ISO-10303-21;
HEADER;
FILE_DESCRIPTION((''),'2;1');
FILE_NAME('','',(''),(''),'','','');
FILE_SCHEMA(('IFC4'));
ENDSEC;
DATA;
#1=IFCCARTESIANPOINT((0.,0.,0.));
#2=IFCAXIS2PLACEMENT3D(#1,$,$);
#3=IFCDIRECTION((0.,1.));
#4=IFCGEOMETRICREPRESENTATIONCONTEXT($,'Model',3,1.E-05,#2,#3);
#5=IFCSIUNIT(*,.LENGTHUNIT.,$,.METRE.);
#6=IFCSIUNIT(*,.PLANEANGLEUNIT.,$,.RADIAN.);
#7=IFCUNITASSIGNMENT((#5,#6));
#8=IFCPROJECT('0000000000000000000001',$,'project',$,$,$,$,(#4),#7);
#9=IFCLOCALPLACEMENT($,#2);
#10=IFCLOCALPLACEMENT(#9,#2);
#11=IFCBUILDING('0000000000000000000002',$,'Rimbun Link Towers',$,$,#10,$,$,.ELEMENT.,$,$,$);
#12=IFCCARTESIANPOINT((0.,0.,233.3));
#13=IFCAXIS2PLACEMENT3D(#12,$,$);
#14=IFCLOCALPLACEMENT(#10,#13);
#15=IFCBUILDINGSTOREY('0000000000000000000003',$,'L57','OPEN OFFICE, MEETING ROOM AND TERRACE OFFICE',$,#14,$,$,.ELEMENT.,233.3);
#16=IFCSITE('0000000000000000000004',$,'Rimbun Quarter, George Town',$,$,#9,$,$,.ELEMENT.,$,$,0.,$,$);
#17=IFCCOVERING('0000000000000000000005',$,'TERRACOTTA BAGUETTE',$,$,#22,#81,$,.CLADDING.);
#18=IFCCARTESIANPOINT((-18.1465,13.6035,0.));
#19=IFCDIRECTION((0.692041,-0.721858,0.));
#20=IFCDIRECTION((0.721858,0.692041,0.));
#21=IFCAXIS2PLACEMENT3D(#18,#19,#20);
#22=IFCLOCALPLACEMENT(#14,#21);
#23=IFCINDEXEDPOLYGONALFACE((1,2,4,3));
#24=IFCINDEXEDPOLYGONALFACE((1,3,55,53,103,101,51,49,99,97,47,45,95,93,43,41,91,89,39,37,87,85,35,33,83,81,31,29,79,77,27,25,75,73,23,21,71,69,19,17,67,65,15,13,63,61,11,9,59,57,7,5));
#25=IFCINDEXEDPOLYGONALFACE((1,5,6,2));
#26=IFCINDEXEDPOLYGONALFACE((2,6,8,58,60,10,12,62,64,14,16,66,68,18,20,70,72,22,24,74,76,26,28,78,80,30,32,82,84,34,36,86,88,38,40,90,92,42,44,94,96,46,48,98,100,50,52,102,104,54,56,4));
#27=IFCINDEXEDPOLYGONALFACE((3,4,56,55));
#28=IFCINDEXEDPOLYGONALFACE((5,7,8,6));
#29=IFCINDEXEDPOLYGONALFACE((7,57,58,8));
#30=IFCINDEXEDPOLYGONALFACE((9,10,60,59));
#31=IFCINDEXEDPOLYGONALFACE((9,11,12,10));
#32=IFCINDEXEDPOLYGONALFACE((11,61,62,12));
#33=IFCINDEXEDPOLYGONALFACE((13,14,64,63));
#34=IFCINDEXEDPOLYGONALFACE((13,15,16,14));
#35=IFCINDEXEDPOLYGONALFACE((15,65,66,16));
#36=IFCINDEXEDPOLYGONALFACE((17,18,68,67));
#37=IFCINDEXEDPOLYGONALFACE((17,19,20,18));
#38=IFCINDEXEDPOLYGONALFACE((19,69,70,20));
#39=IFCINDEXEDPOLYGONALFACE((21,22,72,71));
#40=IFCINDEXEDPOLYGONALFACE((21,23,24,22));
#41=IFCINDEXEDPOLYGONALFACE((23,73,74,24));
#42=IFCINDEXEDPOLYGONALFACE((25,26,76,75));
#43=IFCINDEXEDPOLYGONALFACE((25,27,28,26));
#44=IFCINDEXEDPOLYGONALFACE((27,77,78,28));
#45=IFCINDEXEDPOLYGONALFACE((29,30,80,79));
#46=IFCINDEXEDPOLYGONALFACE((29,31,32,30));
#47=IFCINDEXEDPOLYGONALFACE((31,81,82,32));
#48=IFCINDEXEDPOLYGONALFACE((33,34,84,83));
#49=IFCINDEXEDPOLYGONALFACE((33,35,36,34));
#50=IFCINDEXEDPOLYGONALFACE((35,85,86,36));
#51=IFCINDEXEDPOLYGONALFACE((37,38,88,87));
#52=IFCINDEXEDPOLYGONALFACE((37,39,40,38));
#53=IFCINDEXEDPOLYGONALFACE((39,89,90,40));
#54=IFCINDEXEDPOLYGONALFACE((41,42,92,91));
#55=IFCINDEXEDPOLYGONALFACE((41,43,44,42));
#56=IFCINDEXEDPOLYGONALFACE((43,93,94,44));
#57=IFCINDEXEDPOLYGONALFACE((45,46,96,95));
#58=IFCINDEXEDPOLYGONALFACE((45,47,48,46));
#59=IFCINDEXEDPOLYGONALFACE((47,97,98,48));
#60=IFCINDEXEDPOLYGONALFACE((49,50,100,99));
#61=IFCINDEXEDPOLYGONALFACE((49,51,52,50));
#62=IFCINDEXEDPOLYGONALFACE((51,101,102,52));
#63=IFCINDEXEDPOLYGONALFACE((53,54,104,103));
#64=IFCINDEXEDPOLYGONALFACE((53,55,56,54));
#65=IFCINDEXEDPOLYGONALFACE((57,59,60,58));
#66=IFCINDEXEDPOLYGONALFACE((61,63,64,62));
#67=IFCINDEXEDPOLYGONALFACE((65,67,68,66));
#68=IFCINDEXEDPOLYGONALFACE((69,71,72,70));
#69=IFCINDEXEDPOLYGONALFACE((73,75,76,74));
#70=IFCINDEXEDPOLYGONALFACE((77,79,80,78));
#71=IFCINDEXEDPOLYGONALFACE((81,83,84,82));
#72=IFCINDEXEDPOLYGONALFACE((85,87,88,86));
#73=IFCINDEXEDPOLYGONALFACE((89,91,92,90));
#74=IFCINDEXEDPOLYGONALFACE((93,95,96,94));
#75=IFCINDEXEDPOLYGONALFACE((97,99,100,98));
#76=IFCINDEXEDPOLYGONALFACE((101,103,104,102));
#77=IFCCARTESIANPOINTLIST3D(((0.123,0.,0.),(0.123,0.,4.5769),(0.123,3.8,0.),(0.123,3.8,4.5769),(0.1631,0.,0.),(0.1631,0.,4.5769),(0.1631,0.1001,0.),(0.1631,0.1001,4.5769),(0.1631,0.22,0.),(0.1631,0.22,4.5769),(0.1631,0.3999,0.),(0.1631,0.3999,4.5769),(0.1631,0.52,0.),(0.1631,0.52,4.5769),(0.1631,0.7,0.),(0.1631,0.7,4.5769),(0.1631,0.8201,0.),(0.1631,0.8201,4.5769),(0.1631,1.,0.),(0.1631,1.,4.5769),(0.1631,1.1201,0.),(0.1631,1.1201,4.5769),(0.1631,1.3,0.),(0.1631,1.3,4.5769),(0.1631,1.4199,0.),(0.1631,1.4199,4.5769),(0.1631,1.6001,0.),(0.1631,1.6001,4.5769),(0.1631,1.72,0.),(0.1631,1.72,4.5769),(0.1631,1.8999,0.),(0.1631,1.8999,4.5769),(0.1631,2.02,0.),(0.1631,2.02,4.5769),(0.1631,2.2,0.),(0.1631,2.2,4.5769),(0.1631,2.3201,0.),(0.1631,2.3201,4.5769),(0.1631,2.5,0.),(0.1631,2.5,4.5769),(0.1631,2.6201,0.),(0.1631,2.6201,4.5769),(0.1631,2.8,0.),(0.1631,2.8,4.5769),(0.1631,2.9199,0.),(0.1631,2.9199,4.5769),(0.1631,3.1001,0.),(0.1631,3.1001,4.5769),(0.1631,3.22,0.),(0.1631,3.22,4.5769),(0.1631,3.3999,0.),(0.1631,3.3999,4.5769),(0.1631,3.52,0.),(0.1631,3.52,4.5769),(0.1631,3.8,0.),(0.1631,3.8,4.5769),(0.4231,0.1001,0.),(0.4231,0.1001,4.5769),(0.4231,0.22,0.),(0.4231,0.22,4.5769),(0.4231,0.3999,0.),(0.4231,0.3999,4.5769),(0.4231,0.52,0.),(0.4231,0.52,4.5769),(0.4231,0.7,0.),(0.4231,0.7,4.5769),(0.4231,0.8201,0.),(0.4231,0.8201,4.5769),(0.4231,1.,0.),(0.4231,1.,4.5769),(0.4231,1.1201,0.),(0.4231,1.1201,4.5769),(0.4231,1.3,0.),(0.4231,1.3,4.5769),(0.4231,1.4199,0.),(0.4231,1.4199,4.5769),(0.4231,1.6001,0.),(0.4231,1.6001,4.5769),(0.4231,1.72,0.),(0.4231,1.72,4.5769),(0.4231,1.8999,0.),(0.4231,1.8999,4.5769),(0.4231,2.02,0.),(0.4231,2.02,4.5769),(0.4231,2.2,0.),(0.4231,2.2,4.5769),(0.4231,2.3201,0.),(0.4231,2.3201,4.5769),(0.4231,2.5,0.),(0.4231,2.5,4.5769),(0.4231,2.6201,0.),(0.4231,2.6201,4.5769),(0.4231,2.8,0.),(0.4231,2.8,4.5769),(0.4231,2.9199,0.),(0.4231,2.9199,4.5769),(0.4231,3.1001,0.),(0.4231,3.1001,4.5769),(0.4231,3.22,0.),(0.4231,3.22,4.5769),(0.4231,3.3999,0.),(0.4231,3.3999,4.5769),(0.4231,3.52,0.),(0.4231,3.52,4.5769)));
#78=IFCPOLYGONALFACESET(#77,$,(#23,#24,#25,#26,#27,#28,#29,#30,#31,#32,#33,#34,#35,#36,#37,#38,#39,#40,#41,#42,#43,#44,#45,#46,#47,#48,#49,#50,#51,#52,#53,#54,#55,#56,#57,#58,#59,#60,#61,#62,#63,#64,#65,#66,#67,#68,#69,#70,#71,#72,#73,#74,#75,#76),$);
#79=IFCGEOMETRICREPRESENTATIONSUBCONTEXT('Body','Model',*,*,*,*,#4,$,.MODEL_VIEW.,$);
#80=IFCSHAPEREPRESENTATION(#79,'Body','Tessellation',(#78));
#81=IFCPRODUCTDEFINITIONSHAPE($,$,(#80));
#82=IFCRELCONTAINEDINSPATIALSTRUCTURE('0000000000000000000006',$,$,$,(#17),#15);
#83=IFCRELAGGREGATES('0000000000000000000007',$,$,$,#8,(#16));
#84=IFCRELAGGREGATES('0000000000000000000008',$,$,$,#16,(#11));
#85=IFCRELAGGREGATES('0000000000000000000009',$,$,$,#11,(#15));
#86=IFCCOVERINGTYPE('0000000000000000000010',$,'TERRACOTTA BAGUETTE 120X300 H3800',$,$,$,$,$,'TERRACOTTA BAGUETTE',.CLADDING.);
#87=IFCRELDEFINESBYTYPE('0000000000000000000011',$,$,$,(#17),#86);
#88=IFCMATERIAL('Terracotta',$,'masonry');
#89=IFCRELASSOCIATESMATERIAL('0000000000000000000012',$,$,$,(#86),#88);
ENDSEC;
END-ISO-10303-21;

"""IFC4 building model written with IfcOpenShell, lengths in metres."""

from ifc_helpers import new_model, si_unit, direction, frame, origin, place, context, subcontext, project, spatial, polyline, outline, extrude, material, material_profile, profile_set, type_object, element, save


model = new_model("IFC4")

# Units and contexts
model_context = context("Model", 3, precision=1e-05, world=origin(), true_north=direction((0.0, 1.0)))
body_context = subcontext(model_context, "Body", "Model", "MODEL_VIEW")
ifc_project = project(units=[si_unit("LENGTHUNIT", "METRE"), si_unit("PLANEANGLEUNIT", "RADIAN")], contexts=[model_context])

# Site, building, storey
site_placement = place(None, origin())
site = spatial("IfcSite", under=ifc_project, at=site_placement, Name="Rimbun Quarter, George Town", CompositionType="ELEMENT", RefElevation=0.0)
building_placement = place(site_placement, origin())
building = spatial("IfcBuilding", under=site, at=building_placement, Name="Rimbun Link Towers", CompositionType="ELEMENT")
storey_placement = place(building_placement, frame((0.0, 0.0, 233.3)))
storey = spatial("IfcBuildingStorey", under=building, at=storey_placement, Name="L57", Description="OPEN OFFICE, MEETING ROOM AND TERRACE OFFICE", CompositionType="ELEMENT", Elevation=233.3)

# Covering
ifc_material_1 = material(Name="Terracotta", Category="masonry")
ifc_material_profile_1 = material_profile(ifc_material_1, outline(polyline([(0.123, 0.0), (0.1631, 0.0), (0.1631, 0.1001), (0.4231, 0.1001), (0.4231, 0.22), (0.1631, 0.22), (0.1631, 0.3999), (0.4231, 0.3999), (0.4231, 0.52), (0.1631, 0.52), (0.1631, 0.7), (0.4231, 0.7), (0.4231, 0.8201), (0.1631, 0.8201), (0.1631, 1.0), (0.4231, 1.0), (0.4231, 1.1201), (0.1631, 1.1201), (0.1631, 1.3), (0.4231, 1.3), (0.4231, 1.4199), (0.1631, 1.4199), (0.1631, 1.6001), (0.4231, 1.6001), (0.4231, 1.72), (0.1631, 1.72), (0.1631, 1.8999), (0.4231, 1.8999), (0.4231, 2.02), (0.1631, 2.02), (0.1631, 2.2), (0.4231, 2.2), (0.4231, 2.3201), (0.1631, 2.3201), (0.1631, 2.5), (0.4231, 2.5), (0.4231, 2.6201), (0.1631, 2.6201), (0.1631, 2.8), (0.4231, 2.8), (0.4231, 2.9199), (0.1631, 2.9199), (0.1631, 3.1001), (0.4231, 3.1001), (0.4231, 3.22), (0.1631, 3.22), (0.1631, 3.3999), (0.4231, 3.3999), (0.4231, 3.52), (0.1631, 3.52), (0.1631, 3.8), (0.123, 3.8), (0.123, 0.0)])), Name="BAGUETTE 120X300")
ifc_profile_set_1 = profile_set([ifc_material_profile_1], Name="Terracotta")
covering_type = type_object("IfcCoveringType", Name="TERRACOTTA BAGUETTE 120X300 H3800", ElementType="TERRACOTTA BAGUETTE", PredefinedType="CLADDING", material=ifc_profile_set_1)
covering_1_placement = place(storey_placement, frame((-18.1465, 13.6035, 0.0), z_axis=(0.692041, -0.721858, 0.0), x_axis=(0.721858, 0.692041, 0.0)))
element("IfcCovering", 1, at=covering_1_placement, inside=storey, type_object=covering_type, Name="TERRACOTTA BAGUETTE", PredefinedType="CLADDING", context=body_context, shape_type="SweptSolid", body=[
    extrude(outline(polyline([(0.123, 0.0), (0.1631, 0.0), (0.1631, 0.1001), (0.4231, 0.1001), (0.4231, 0.22), (0.1631, 0.22), (0.1631, 0.3999), (0.4231, 0.3999), (0.4231, 0.52), (0.1631, 0.52), (0.1631, 0.7), (0.4231, 0.7), (0.4231, 0.8201), (0.1631, 0.8201), (0.1631, 1.0), (0.4231, 1.0), (0.4231, 1.1201), (0.1631, 1.1201), (0.1631, 1.3), (0.4231, 1.3), (0.4231, 1.4199), (0.1631, 1.4199), (0.1631, 1.6001), (0.4231, 1.6001), (0.4231, 1.72), (0.1631, 1.72), (0.1631, 1.8999), (0.4231, 1.8999), (0.4231, 2.02), (0.1631, 2.02), (0.1631, 2.2), (0.4231, 2.2), (0.4231, 2.3201), (0.1631, 2.3201), (0.1631, 2.5), (0.4231, 2.5), (0.4231, 2.6201), (0.1631, 2.6201), (0.1631, 2.8), (0.4231, 2.8), (0.4231, 2.9199), (0.1631, 2.9199), (0.1631, 3.1001), (0.4231, 3.1001), (0.4231, 3.22), (0.1631, 3.22), (0.1631, 3.3999), (0.4231, 3.3999), (0.4231, 3.52), (0.1631, 3.52), (0.1631, 3.8), (0.123, 3.8), (0.123, 0.0)])), origin(), (0.0, 0.0, 1.0), 4.5769),
])

save(model, "model.ifc")
